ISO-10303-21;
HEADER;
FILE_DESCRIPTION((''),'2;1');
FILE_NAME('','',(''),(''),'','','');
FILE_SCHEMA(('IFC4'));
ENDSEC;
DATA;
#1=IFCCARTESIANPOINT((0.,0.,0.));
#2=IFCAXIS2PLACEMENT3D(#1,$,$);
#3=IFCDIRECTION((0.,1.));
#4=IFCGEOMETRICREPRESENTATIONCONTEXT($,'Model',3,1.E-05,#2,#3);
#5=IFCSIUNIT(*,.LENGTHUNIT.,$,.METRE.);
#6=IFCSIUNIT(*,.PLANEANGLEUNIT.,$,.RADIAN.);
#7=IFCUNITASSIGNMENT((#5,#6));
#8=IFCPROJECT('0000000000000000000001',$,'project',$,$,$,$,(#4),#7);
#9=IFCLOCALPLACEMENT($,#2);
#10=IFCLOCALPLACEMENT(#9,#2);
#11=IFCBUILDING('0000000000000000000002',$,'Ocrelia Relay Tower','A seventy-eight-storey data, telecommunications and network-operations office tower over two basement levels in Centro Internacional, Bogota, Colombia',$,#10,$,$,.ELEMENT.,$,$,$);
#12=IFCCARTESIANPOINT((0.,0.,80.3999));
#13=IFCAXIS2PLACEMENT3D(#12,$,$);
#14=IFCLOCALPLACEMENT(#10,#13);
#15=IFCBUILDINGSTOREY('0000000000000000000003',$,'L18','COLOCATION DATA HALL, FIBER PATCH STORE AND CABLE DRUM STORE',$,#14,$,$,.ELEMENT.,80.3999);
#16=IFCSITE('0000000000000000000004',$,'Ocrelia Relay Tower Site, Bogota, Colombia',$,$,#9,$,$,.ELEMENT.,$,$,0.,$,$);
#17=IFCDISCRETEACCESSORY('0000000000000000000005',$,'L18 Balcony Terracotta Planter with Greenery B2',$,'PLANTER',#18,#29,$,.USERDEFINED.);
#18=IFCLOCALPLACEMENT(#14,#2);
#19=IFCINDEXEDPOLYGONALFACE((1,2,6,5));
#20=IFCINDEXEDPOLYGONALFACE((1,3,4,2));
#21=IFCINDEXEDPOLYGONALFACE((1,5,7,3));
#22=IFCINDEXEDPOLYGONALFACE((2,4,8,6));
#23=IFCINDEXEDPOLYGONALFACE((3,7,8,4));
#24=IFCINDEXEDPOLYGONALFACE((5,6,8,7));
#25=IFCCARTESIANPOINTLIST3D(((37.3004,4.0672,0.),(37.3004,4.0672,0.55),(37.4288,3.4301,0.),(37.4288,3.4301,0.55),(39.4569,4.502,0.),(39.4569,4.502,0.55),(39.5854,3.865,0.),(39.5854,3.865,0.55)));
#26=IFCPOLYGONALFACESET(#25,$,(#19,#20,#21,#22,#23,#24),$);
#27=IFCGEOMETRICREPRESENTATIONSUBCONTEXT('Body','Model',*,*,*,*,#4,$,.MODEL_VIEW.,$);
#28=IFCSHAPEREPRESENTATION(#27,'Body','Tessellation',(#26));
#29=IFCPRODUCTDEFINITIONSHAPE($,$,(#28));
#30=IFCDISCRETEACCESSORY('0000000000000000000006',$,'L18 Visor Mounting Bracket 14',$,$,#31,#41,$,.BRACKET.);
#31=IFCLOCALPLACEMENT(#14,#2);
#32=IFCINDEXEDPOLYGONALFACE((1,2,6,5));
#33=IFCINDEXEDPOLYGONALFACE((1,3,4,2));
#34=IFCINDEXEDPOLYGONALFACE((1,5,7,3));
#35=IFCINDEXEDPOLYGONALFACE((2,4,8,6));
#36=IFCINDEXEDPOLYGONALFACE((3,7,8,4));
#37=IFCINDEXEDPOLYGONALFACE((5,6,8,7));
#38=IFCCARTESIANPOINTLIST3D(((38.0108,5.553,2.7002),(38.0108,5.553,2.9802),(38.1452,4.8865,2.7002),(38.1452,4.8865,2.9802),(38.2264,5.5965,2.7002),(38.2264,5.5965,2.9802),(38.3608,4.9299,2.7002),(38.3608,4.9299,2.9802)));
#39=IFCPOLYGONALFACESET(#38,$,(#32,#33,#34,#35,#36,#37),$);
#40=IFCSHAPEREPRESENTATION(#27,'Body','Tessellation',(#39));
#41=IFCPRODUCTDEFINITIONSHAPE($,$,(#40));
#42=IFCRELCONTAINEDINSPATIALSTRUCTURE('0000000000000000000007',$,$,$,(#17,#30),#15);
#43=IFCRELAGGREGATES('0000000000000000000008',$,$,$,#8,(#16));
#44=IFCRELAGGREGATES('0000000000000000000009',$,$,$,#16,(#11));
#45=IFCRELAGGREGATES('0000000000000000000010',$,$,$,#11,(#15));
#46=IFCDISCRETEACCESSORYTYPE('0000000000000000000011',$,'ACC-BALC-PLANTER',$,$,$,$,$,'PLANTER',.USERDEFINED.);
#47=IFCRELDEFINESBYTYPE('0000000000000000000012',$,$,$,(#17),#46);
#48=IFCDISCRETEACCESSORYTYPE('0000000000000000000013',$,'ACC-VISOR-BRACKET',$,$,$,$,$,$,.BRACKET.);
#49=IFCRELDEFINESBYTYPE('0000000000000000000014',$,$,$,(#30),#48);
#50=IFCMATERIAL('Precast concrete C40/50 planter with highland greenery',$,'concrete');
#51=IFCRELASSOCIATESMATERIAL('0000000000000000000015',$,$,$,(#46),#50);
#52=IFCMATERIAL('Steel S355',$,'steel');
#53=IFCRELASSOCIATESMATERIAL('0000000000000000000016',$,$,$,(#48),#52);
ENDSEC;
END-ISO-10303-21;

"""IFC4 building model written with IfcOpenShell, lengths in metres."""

from ifc_helpers import new_model, si_unit, direction, frame, origin, origin_2d, place, context, subcontext, project, spatial, rectangle, extrude, material, type_object, element, save


model = new_model("IFC4")

# Units and contexts
model_context = context("Model", 3, precision=1e-05, world=origin(), true_north=direction((0.0, 1.0)))
body_context = subcontext(model_context, "Body", "Model", "MODEL_VIEW")
ifc_project = project(units=[si_unit("LENGTHUNIT", "METRE"), si_unit("PLANEANGLEUNIT", "RADIAN")], contexts=[model_context])

# Site, building, storey
site_placement = place(None, origin())
site = spatial("IfcSite", under=ifc_project, at=site_placement, Name="Ocrelia Relay Tower Site, Bogota, Colombia", CompositionType="ELEMENT", RefElevation=0.0)
building_placement = place(site_placement, origin())
building = spatial("IfcBuilding", under=site, at=building_placement, Name="Ocrelia Relay Tower", Description="A seventy-eight-storey data, telecommunications and network-operations office tower over two basement levels in Centro Internacional, Bogota, Colombia", CompositionType="ELEMENT")
storey_placement = place(building_placement, frame((0.0, 0.0, 80.3999)))
storey = spatial("IfcBuildingStorey", under=building, at=storey_placement, Name="L18", Description="COLOCATION DATA HALL, FIBER PATCH STORE AND CABLE DRUM STORE", CompositionType="ELEMENT", Elevation=80.3999)

# Shared definitions
ifc_material_1 = material(Name="Steel S355", Category="steel")

# Discrete accessories
ifc_material_2 = material(Name="Precast concrete C40/50 planter with highland greenery", Category="concrete")
discrete_accessory_type_1 = type_object("IfcDiscreteAccessoryType", Name="ACC-BALC-PLANTER", ElementType="PLANTER", PredefinedType="USERDEFINED", material=ifc_material_2)
discrete_accessory_1_placement = place(storey_placement, frame((38.4429, 3.9661, 0.0), z_axis=(0.0, 0.0, 1.0), x_axis=(-0.980269, -0.197667, 0.0)))
element("IfcDiscreteAccessory", 1, at=discrete_accessory_1_placement, inside=storey, type_object=discrete_accessory_type_1, Name="L18 Balcony Terracotta Planter with Greenery B2", ObjectType="PLANTER", PredefinedType="USERDEFINED", context=body_context, shape_type="SweptSolid", body=[
    extrude(rectangle(XDim=2.2, YDim=0.6499, at=origin_2d()), origin(), (0.0, 0.0, 1.0), 0.55),
])
discrete_accessory_type_2 = type_object("IfcDiscreteAccessoryType", Name="ACC-VISOR-BRACKET", PredefinedType="BRACKET", material=ifc_material_1)
discrete_accessory_2_placement = place(storey_placement, frame((38.1858, 5.2415, 2.7002), z_axis=(0.0, 0.0, 1.0), x_axis=(0.980272, 0.197654, 0.0)))
element("IfcDiscreteAccessory", 2, at=discrete_accessory_2_placement, inside=storey, type_object=discrete_accessory_type_2, Name="L18 Visor Mounting Bracket 14", PredefinedType="BRACKET", context=body_context, shape_type="SweptSolid", body=[
    extrude(rectangle(XDim=0.22, YDim=0.6799, at=origin_2d()), origin(), (0.0, 0.0, 1.0), 0.28),
])

save(model, "model.ifc")
